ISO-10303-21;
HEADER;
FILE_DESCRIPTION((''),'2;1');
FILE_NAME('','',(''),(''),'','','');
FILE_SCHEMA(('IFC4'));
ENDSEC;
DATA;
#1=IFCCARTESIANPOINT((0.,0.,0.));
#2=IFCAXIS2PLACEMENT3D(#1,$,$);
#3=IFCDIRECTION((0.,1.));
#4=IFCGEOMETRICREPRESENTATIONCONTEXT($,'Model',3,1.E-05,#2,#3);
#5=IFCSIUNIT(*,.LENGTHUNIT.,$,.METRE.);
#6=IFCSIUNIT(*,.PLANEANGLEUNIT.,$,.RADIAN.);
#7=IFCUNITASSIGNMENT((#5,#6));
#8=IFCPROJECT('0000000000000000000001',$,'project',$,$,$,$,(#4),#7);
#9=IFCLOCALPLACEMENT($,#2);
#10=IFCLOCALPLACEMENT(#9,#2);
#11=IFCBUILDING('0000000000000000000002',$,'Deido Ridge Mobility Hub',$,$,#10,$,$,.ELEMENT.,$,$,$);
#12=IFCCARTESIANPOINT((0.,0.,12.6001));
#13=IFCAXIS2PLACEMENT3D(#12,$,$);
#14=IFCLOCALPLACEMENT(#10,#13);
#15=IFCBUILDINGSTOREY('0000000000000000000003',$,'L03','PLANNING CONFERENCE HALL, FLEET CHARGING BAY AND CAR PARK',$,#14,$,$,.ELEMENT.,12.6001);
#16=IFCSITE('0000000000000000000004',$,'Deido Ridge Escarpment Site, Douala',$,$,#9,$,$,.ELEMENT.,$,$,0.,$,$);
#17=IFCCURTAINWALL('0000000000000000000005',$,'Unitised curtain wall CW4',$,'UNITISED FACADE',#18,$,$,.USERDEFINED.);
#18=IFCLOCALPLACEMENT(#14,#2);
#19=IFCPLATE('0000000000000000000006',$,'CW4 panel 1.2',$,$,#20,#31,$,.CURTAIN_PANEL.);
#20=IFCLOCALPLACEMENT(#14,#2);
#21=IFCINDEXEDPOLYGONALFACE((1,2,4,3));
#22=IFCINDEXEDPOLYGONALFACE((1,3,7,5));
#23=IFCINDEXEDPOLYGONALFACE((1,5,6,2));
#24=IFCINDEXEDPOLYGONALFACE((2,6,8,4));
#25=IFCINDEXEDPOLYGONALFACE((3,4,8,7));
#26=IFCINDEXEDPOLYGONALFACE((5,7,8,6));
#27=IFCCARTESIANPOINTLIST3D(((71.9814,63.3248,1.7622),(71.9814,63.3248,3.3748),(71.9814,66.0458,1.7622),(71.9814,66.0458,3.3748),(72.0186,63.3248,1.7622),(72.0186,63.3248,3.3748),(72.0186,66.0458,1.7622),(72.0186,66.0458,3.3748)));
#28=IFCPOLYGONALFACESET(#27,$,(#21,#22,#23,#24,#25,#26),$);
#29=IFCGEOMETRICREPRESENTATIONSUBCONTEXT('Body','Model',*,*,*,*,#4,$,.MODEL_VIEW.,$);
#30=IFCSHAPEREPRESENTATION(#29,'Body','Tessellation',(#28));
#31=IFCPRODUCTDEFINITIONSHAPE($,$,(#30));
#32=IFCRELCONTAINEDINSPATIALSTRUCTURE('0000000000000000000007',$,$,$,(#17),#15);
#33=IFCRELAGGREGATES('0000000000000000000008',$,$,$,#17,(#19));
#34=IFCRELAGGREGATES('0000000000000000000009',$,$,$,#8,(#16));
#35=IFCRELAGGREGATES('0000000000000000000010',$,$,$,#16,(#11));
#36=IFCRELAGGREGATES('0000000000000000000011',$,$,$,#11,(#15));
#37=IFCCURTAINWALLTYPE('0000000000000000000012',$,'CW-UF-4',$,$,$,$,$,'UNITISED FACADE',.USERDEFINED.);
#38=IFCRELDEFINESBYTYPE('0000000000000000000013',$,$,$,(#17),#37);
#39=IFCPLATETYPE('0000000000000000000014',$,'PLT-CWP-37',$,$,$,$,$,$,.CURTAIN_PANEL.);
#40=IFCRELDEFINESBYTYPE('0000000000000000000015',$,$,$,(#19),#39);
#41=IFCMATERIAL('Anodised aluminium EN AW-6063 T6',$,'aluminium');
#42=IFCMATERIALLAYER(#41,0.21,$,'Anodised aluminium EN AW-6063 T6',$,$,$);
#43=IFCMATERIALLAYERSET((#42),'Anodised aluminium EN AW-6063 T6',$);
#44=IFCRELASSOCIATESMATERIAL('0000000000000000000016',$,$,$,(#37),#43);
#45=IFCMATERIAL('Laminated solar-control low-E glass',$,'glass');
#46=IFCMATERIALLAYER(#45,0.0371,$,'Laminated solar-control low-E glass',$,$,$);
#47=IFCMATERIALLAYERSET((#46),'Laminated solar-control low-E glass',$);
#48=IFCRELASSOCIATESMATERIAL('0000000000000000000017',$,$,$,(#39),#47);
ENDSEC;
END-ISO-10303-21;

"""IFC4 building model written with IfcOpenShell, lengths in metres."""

from ifc_helpers import new_model, si_unit, direction, frame, origin, origin_2d, place, context, subcontext, project, spatial, rectangle, extrude, material, layer, layer_set, type_object, element, aggregate, save


model = new_model("IFC4")

# Units and contexts
model_context = context("Model", 3, precision=1e-05, world=origin(), true_north=direction((0.0, 1.0)))
body_context = subcontext(model_context, "Body", "Model", "MODEL_VIEW")
ifc_project = project(units=[si_unit("LENGTHUNIT", "METRE"), si_unit("PLANEANGLEUNIT", "RADIAN")], contexts=[model_context])

# Site, building, storey
site_placement = place(None, origin())
site = spatial("IfcSite", under=ifc_project, at=site_placement, Name="Deido Ridge Escarpment Site, Douala", CompositionType="ELEMENT", RefElevation=0.0)
building_placement = place(site_placement, origin())
building = spatial("IfcBuilding", under=site, at=building_placement, Name="Deido Ridge Mobility Hub", CompositionType="ELEMENT")
storey_placement = place(building_placement, frame((0.0, 0.0, 12.6001)))
storey = spatial("IfcBuildingStorey", under=building, at=storey_placement, Name="L03", Description="PLANNING CONFERENCE HALL, FLEET CHARGING BAY AND CAR PARK", CompositionType="ELEMENT", Elevation=12.6001)

# Shared definitions
ifc_material_1 = material(Name="Anodised aluminium EN AW-6063 T6", Category="aluminium")

# Curtain wall
ifc_layer_1 = layer(ifc_material_1, 0.21, Name="Anodised aluminium EN AW-6063 T6")
ifc_layer_set_1 = layer_set([ifc_layer_1], Name="Anodised aluminium EN AW-6063 T6")
curtain_wall_type_1 = type_object("IfcCurtainWallType", Name="CW-UF-4", ElementType="UNITISED FACADE", PredefinedType="USERDEFINED", material=ifc_layer_set_1)
curtain_wall_1_placement = place(storey_placement, origin())
curtain_wall_1 = element("IfcCurtainWall", 1, at=curtain_wall_1_placement, inside=storey, type_object=curtain_wall_type_1, Name="Unitised curtain wall CW4", ObjectType="UNITISED FACADE", PredefinedType="USERDEFINED")

# Plate
ifc_material_2 = material(Name="Laminated solar-control low-E glass", Category="glass")
ifc_layer_2 = layer(ifc_material_2, 0.0371, Name="Laminated solar-control low-E glass")
ifc_layer_set_2 = layer_set([ifc_layer_2], Name="Laminated solar-control low-E glass")
plate_type_1 = type_object("IfcPlateType", Name="PLT-CWP-37", PredefinedType="CURTAIN_PANEL", material=ifc_layer_set_2)
plate_1_placement = place(storey_placement, frame((72.0, 64.6853, 1.7622), z_axis=(0.0, 0.0, 1.0), x_axis=(0.0, 1.0, 0.0)))
plate_1 = element("IfcPlate", 2, at=plate_1_placement, type_object=plate_type_1, Name="CW4 panel 1.2", PredefinedType="CURTAIN_PANEL", context=body_context, shape_type="SweptSolid", body=[
    extrude(rectangle(XDim=2.7209, YDim=0.0371, at=origin_2d()), origin(), (0.0, 0.0, 1.0), 1.6125),
])
aggregate(curtain_wall_1, [plate_1])

save(model, "model.ifc")
